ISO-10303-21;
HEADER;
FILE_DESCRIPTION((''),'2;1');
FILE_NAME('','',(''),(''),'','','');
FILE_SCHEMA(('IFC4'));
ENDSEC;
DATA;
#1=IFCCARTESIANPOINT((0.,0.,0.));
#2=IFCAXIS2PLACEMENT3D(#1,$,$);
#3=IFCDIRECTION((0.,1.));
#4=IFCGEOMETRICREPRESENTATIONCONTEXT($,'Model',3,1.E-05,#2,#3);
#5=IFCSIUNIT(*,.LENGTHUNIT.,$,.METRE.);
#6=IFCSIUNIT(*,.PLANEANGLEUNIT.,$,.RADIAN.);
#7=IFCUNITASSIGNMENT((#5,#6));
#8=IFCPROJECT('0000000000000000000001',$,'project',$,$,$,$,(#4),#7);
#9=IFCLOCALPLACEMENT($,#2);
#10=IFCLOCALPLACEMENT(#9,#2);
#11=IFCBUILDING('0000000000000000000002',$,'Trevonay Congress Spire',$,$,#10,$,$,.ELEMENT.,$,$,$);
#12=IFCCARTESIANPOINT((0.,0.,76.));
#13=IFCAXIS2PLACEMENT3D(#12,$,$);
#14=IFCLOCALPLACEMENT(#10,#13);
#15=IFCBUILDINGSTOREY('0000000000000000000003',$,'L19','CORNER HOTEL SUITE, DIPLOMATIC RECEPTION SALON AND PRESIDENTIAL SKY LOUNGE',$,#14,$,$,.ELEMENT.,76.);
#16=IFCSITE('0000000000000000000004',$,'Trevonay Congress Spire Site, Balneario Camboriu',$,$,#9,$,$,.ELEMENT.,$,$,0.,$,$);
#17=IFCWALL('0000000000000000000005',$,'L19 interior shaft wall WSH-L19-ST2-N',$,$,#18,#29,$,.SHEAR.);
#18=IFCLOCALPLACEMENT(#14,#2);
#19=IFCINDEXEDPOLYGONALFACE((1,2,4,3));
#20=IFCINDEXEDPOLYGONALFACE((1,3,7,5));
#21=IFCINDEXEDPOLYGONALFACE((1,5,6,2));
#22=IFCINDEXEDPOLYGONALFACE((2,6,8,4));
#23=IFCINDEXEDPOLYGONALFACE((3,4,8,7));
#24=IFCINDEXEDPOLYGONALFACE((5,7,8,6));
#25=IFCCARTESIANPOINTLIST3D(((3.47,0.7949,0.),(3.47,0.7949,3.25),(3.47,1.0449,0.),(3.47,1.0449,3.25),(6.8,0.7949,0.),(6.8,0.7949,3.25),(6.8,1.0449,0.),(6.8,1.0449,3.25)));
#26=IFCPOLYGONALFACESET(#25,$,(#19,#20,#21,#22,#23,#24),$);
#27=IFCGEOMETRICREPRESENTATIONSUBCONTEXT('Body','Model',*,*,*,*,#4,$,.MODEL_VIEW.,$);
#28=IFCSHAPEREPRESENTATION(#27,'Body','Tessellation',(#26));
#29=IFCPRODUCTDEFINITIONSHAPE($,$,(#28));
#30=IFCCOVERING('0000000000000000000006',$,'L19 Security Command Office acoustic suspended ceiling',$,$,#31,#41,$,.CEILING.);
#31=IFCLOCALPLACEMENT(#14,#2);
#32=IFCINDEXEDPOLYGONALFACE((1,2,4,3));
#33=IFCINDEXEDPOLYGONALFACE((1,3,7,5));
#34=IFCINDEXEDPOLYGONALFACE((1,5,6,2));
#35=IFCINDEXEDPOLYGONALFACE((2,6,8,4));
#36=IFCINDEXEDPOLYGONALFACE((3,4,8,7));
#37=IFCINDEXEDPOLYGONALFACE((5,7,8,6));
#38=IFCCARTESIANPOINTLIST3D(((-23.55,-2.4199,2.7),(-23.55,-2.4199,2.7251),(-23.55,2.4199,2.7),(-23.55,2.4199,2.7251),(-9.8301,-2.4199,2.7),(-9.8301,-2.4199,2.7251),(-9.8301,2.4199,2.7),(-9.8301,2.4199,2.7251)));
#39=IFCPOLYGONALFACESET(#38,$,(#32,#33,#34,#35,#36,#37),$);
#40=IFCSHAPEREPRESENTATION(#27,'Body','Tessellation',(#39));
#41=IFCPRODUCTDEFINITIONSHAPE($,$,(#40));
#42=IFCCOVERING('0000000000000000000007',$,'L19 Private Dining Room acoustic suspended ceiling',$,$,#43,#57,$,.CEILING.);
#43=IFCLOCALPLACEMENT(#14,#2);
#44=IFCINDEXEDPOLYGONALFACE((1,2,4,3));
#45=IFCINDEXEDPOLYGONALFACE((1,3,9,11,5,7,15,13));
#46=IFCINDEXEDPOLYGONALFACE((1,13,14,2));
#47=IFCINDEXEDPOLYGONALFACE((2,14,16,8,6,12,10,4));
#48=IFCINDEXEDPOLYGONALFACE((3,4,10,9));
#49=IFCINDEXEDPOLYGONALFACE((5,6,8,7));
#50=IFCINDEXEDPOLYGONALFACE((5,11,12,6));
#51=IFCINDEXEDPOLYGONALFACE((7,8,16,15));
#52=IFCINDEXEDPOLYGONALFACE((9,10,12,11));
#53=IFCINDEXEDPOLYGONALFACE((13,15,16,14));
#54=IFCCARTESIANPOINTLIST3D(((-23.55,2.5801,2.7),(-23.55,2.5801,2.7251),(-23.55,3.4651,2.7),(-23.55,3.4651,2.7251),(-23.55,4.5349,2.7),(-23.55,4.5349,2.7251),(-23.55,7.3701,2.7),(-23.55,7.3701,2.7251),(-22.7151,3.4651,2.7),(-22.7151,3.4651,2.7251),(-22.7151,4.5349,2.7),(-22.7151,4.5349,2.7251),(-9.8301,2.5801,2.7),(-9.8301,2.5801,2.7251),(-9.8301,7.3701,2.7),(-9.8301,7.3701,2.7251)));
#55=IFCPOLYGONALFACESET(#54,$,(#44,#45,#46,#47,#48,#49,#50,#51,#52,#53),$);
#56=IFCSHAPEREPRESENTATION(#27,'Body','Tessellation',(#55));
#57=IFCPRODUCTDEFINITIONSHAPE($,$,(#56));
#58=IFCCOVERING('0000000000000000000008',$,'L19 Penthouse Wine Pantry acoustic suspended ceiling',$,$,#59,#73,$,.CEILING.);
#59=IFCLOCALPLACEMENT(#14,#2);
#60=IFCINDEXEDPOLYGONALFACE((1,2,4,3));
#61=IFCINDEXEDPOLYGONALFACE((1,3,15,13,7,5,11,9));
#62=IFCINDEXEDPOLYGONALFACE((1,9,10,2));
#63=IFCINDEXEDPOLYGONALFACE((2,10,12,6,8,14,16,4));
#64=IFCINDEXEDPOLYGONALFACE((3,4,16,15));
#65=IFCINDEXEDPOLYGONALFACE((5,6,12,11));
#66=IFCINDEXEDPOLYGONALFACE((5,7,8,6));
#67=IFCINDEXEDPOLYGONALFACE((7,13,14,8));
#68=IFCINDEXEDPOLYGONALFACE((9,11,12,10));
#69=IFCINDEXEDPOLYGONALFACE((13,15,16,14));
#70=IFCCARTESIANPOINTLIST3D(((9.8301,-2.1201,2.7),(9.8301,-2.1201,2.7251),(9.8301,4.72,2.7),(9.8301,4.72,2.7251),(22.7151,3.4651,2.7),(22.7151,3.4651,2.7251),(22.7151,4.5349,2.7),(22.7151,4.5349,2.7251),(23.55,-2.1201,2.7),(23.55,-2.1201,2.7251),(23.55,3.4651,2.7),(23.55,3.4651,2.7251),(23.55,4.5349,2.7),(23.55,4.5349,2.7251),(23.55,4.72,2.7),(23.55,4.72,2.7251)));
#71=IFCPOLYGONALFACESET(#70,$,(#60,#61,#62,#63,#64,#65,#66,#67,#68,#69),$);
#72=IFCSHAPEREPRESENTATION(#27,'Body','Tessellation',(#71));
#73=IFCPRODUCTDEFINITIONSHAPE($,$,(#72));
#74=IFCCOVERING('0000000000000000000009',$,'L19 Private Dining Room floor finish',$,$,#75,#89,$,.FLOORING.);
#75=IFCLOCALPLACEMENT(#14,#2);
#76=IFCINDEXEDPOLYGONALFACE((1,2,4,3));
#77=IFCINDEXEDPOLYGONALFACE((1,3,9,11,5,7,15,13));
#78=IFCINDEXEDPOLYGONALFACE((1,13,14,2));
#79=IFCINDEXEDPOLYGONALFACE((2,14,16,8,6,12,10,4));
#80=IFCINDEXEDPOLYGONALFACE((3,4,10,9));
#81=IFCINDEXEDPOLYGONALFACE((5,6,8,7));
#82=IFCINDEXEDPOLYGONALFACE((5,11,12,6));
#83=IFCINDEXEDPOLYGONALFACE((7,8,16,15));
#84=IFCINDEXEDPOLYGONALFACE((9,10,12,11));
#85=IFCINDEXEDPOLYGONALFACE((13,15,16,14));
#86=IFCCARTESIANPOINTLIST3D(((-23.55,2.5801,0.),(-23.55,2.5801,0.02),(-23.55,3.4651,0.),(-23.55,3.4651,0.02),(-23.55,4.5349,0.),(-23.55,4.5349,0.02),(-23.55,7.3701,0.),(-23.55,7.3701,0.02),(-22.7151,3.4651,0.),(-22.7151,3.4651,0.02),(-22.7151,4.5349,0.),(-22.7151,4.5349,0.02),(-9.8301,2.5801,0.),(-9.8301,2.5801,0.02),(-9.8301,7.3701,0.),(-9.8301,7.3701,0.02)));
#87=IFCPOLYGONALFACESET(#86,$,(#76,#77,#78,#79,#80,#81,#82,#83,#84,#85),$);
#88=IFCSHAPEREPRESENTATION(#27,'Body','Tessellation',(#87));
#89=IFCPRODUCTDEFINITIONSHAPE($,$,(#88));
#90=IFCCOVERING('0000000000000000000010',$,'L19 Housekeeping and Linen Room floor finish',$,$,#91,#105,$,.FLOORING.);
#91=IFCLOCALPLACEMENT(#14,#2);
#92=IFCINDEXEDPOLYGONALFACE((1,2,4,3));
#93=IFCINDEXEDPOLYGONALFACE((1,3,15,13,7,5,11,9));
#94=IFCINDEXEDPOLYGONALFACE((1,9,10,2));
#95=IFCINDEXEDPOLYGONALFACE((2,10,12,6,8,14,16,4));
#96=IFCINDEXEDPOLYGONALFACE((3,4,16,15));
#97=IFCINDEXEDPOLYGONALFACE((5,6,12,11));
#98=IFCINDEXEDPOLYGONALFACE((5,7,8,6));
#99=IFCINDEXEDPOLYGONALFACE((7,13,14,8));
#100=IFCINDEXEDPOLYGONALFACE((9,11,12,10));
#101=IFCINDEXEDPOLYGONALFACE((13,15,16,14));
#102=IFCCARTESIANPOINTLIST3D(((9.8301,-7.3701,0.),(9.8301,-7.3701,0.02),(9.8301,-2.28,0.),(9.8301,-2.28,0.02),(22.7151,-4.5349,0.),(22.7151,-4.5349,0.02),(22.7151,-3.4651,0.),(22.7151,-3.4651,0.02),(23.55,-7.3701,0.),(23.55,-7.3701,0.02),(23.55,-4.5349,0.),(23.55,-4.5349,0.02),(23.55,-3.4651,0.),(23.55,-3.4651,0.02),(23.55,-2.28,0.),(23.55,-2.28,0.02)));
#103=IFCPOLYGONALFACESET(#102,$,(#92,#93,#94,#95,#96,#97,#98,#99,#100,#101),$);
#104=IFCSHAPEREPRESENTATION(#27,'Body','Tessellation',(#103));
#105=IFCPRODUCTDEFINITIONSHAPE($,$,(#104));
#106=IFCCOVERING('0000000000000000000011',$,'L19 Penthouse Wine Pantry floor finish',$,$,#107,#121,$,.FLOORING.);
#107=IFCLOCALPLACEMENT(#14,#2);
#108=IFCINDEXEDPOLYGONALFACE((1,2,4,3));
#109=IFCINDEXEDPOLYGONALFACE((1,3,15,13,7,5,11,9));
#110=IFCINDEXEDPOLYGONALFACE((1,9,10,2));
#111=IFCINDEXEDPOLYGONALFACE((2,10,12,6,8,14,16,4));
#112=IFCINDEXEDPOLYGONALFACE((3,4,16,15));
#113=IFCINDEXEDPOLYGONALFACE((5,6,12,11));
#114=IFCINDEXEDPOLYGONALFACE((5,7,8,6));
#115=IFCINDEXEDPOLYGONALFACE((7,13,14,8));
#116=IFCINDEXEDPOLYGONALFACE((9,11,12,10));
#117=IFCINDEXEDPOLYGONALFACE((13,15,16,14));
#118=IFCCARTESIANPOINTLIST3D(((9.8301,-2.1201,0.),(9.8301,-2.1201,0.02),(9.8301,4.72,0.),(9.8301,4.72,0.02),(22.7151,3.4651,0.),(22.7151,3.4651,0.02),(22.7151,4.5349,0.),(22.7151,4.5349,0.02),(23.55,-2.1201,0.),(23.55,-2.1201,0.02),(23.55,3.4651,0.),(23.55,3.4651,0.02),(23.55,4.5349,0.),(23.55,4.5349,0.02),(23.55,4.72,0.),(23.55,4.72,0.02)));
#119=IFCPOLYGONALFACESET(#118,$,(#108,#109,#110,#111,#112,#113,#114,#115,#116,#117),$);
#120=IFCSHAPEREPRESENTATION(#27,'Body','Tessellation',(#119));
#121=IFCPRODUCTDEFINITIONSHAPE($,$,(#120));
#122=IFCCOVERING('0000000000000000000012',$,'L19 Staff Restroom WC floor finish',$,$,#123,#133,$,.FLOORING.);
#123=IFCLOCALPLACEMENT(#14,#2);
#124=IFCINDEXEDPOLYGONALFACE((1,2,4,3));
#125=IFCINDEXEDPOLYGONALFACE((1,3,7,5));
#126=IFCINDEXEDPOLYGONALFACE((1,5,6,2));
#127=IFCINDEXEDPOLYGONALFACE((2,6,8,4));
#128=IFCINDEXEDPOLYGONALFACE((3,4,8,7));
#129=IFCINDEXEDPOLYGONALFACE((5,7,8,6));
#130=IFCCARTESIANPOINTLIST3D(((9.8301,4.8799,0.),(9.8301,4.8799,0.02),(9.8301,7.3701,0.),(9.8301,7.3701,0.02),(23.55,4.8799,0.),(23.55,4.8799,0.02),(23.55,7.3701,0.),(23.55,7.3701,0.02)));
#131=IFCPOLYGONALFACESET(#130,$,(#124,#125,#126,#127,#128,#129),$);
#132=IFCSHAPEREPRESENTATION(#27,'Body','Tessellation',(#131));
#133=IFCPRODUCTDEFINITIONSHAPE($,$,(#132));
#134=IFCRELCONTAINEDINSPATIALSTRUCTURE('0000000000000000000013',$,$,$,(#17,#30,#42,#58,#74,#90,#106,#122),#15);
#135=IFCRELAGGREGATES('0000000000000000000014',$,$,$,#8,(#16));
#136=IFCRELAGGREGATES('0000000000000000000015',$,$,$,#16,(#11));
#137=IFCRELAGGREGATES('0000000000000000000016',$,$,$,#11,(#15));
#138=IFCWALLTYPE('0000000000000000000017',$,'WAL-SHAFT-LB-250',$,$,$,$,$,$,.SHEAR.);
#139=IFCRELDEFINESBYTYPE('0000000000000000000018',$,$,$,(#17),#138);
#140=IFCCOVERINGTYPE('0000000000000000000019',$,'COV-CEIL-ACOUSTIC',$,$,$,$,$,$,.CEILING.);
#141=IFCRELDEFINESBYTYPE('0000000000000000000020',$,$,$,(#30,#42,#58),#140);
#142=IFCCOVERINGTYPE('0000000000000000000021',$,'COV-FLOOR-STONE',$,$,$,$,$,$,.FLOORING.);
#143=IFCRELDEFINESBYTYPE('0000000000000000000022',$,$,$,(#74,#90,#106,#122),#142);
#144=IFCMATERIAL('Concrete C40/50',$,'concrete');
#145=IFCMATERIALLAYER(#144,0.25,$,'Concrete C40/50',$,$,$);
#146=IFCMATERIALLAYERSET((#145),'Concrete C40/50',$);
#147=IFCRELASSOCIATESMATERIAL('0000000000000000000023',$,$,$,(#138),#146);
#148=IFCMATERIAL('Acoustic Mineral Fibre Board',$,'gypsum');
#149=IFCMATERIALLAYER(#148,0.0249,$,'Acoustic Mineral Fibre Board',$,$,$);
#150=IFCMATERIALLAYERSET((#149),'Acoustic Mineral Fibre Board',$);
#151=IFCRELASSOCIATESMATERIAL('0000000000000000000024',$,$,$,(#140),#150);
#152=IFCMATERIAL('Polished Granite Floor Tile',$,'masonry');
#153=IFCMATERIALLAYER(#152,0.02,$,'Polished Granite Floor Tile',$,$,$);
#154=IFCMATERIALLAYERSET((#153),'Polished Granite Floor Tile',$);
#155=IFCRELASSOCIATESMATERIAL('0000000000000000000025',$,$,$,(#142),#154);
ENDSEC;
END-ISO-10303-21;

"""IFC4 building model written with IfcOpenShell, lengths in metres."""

from ifc_helpers import new_model, si_unit, direction, frame, frame_2d, origin, place, context, subcontext, project, spatial, polyline, rectangle, outline, extrude, material, layer, layer_set, type_object, element, save


model = new_model("IFC4")

# Units and contexts
model_context = context("Model", 3, precision=1e-05, world=origin(), true_north=direction((0.0, 1.0)))
body_context = subcontext(model_context, "Body", "Model", "MODEL_VIEW")
ifc_project = project(units=[si_unit("LENGTHUNIT", "METRE"), si_unit("PLANEANGLEUNIT", "RADIAN")], contexts=[model_context])

# Site, building, storey
site_placement = place(None, origin())
site = spatial("IfcSite", under=ifc_project, at=site_placement, Name="Trevonay Congress Spire Site, Balneario Camboriu", CompositionType="ELEMENT", RefElevation=0.0)
building_placement = place(site_placement, origin())
building = spatial("IfcBuilding", under=site, at=building_placement, Name="Trevonay Congress Spire", CompositionType="ELEMENT")
storey_placement = place(building_placement, frame((0.0, 0.0, 76.0)))
storey = spatial("IfcBuildingStorey", under=building, at=storey_placement, Name="L19", Description="CORNER HOTEL SUITE, DIPLOMATIC RECEPTION SALON AND PRESIDENTIAL SKY LOUNGE", CompositionType="ELEMENT", Elevation=76.0)

# Shared definitions
ifc_material_1 = material(Name="Concrete C40/50", Category="concrete")

# Wall
ifc_layer_1 = layer(ifc_material_1, 0.25, Name="Concrete C40/50")
ifc_layer_set_1 = layer_set([ifc_layer_1], Name="Concrete C40/50")
wall_type_1 = type_object("IfcWallType", Name="WAL-SHAFT-LB-250", PredefinedType="SHEAR", material=ifc_layer_set_1)
wall_1_placement = place(storey_placement, frame((3.47, 0.9199, 0.0), z_axis=(0.0, 0.0, 1.0), x_axis=(1.0, 0.0, 0.0)))
element("IfcWall", 1, at=wall_1_placement, inside=storey, type_object=wall_type_1, Name="L19 interior shaft wall WSH-L19-ST2-N", PredefinedType="SHEAR", context=body_context, shape_type="SweptSolid", body=[
    extrude(rectangle(XDim=3.3301, YDim=0.25, at=frame_2d((1.665, 0.0))), origin(), (0.0, 0.0, 1.0), 3.25),
])

# Coverings
ifc_material_2 = material(Name="Acoustic Mineral Fibre Board", Category="gypsum")
ifc_layer_2 = layer(ifc_material_2, 0.0249, Name="Acoustic Mineral Fibre Board")
ifc_layer_set_2 = layer_set([ifc_layer_2], Name="Acoustic Mineral Fibre Board")
covering_type_1 = type_object("IfcCoveringType", Name="COV-CEIL-ACOUSTIC", PredefinedType="CEILING", material=ifc_layer_set_2)
covering_1_placement = place(storey_placement, frame((0.0, 0.0, 2.7)))
element("IfcCovering", 2, at=covering_1_placement, inside=storey, type_object=covering_type_1, Name="L19 Security Command Office acoustic suspended ceiling", PredefinedType="CEILING", context=body_context, shape_type="SweptSolid", body=[
    extrude(outline(polyline([(-23.55, -2.4199), (-9.8301, -2.4199), (-9.8301, 2.4199), (-23.55, 2.4199), (-23.55, -2.4199)])), origin(), (0.0, 0.0, 1.0), 0.0251),
])
covering_2_placement = place(storey_placement, frame((0.0, 0.0, 2.7)))
element("IfcCovering", 3, at=covering_2_placement, inside=storey, type_object=covering_type_1, Name="L19 Private Dining Room acoustic suspended ceiling", PredefinedType="CEILING", context=body_context, shape_type="SweptSolid", body=[
    extrude(outline(polyline([(-23.55, 7.3701), (-9.8301, 7.3701), (-9.8301, 2.5801), (-23.55, 2.5801), (-23.55, 3.4651), (-22.7151, 3.4651), (-22.7151, 4.5349), (-23.55, 4.5349), (-23.55, 7.3701)])), origin(), (0.0, 0.0, 1.0), 0.0251),
])
covering_3_placement = place(storey_placement, frame((0.0, 0.0, 2.7)))
element("IfcCovering", 4, at=covering_3_placement, inside=storey, type_object=covering_type_1, Name="L19 Penthouse Wine Pantry acoustic suspended ceiling", PredefinedType="CEILING", context=body_context, shape_type="SweptSolid", body=[
    extrude(outline(polyline([(23.55, -2.1201), (9.8301, -2.1201), (9.8301, 4.72), (23.55, 4.72), (23.55, 4.5349), (22.7151, 4.5349), (22.7151, 3.4651), (23.55, 3.4651), (23.55, -2.1201)])), origin(), (0.0, 0.0, 1.0), 0.0251),
])
ifc_material_3 = material(Name="Polished Granite Floor Tile", Category="masonry")
ifc_layer_3 = layer(ifc_material_3, 0.02, Name="Polished Granite Floor Tile")
ifc_layer_set_3 = layer_set([ifc_layer_3], Name="Polished Granite Floor Tile")
covering_type_2 = type_object("IfcCoveringType", Name="COV-FLOOR-STONE", PredefinedType="FLOORING", material=ifc_layer_set_3)
covering_4_placement = place(storey_placement, origin())
element("IfcCovering", 5, at=covering_4_placement, inside=storey, type_object=covering_type_2, Name="L19 Private Dining Room floor finish", PredefinedType="FLOORING", context=body_context, shape_type="SweptSolid", body=[
    extrude(outline(polyline([(-23.55, 7.3701), (-9.8301, 7.3701), (-9.8301, 2.5801), (-23.55, 2.5801), (-23.55, 3.4651), (-22.7151, 3.4651), (-22.7151, 4.5349), (-23.55, 4.5349), (-23.55, 7.3701)])), origin(), (0.0, 0.0, 1.0), 0.02),
])
covering_5_placement = place(storey_placement, origin())
element("IfcCovering", 6, at=covering_5_placement, inside=storey, type_object=covering_type_2, Name="L19 Housekeeping and Linen Room floor finish", PredefinedType="FLOORING", context=body_context, shape_type="SweptSolid", body=[
    extrude(outline(polyline([(23.55, -7.3701), (9.8301, -7.3701), (9.8301, -2.28), (23.55, -2.28), (23.55, -3.4651), (22.7151, -3.4651), (22.7151, -4.5349), (23.55, -4.5349), (23.55, -7.3701)])), origin(), (0.0, 0.0, 1.0), 0.02),
])
covering_6_placement = place(storey_placement, origin())
element("IfcCovering", 7, at=covering_6_placement, inside=storey, type_object=covering_type_2, Name="L19 Penthouse Wine Pantry floor finish", PredefinedType="FLOORING", context=body_context, shape_type="SweptSolid", body=[
    extrude(outline(polyline([(23.55, -2.1201), (9.8301, -2.1201), (9.8301, 4.72), (23.55, 4.72), (23.55, 4.5349), (22.7151, 4.5349), (22.7151, 3.4651), (23.55, 3.4651), (23.55, -2.1201)])), origin(), (0.0, 0.0, 1.0), 0.02),
])
covering_7_placement = place(storey_placement, origin())
element("IfcCovering", 8, at=covering_7_placement, inside=storey, type_object=covering_type_2, Name="L19 Staff Restroom WC floor finish", PredefinedType="FLOORING", context=body_context, shape_type="SweptSolid", body=[
    extrude(outline(polyline([(9.8301, 4.8799), (23.55, 4.8799), (23.55, 7.3701), (9.8301, 7.3701), (9.8301, 4.8799)])), origin(), (0.0, 0.0, 1.0), 0.02),
])

save(model, "model.ifc")
